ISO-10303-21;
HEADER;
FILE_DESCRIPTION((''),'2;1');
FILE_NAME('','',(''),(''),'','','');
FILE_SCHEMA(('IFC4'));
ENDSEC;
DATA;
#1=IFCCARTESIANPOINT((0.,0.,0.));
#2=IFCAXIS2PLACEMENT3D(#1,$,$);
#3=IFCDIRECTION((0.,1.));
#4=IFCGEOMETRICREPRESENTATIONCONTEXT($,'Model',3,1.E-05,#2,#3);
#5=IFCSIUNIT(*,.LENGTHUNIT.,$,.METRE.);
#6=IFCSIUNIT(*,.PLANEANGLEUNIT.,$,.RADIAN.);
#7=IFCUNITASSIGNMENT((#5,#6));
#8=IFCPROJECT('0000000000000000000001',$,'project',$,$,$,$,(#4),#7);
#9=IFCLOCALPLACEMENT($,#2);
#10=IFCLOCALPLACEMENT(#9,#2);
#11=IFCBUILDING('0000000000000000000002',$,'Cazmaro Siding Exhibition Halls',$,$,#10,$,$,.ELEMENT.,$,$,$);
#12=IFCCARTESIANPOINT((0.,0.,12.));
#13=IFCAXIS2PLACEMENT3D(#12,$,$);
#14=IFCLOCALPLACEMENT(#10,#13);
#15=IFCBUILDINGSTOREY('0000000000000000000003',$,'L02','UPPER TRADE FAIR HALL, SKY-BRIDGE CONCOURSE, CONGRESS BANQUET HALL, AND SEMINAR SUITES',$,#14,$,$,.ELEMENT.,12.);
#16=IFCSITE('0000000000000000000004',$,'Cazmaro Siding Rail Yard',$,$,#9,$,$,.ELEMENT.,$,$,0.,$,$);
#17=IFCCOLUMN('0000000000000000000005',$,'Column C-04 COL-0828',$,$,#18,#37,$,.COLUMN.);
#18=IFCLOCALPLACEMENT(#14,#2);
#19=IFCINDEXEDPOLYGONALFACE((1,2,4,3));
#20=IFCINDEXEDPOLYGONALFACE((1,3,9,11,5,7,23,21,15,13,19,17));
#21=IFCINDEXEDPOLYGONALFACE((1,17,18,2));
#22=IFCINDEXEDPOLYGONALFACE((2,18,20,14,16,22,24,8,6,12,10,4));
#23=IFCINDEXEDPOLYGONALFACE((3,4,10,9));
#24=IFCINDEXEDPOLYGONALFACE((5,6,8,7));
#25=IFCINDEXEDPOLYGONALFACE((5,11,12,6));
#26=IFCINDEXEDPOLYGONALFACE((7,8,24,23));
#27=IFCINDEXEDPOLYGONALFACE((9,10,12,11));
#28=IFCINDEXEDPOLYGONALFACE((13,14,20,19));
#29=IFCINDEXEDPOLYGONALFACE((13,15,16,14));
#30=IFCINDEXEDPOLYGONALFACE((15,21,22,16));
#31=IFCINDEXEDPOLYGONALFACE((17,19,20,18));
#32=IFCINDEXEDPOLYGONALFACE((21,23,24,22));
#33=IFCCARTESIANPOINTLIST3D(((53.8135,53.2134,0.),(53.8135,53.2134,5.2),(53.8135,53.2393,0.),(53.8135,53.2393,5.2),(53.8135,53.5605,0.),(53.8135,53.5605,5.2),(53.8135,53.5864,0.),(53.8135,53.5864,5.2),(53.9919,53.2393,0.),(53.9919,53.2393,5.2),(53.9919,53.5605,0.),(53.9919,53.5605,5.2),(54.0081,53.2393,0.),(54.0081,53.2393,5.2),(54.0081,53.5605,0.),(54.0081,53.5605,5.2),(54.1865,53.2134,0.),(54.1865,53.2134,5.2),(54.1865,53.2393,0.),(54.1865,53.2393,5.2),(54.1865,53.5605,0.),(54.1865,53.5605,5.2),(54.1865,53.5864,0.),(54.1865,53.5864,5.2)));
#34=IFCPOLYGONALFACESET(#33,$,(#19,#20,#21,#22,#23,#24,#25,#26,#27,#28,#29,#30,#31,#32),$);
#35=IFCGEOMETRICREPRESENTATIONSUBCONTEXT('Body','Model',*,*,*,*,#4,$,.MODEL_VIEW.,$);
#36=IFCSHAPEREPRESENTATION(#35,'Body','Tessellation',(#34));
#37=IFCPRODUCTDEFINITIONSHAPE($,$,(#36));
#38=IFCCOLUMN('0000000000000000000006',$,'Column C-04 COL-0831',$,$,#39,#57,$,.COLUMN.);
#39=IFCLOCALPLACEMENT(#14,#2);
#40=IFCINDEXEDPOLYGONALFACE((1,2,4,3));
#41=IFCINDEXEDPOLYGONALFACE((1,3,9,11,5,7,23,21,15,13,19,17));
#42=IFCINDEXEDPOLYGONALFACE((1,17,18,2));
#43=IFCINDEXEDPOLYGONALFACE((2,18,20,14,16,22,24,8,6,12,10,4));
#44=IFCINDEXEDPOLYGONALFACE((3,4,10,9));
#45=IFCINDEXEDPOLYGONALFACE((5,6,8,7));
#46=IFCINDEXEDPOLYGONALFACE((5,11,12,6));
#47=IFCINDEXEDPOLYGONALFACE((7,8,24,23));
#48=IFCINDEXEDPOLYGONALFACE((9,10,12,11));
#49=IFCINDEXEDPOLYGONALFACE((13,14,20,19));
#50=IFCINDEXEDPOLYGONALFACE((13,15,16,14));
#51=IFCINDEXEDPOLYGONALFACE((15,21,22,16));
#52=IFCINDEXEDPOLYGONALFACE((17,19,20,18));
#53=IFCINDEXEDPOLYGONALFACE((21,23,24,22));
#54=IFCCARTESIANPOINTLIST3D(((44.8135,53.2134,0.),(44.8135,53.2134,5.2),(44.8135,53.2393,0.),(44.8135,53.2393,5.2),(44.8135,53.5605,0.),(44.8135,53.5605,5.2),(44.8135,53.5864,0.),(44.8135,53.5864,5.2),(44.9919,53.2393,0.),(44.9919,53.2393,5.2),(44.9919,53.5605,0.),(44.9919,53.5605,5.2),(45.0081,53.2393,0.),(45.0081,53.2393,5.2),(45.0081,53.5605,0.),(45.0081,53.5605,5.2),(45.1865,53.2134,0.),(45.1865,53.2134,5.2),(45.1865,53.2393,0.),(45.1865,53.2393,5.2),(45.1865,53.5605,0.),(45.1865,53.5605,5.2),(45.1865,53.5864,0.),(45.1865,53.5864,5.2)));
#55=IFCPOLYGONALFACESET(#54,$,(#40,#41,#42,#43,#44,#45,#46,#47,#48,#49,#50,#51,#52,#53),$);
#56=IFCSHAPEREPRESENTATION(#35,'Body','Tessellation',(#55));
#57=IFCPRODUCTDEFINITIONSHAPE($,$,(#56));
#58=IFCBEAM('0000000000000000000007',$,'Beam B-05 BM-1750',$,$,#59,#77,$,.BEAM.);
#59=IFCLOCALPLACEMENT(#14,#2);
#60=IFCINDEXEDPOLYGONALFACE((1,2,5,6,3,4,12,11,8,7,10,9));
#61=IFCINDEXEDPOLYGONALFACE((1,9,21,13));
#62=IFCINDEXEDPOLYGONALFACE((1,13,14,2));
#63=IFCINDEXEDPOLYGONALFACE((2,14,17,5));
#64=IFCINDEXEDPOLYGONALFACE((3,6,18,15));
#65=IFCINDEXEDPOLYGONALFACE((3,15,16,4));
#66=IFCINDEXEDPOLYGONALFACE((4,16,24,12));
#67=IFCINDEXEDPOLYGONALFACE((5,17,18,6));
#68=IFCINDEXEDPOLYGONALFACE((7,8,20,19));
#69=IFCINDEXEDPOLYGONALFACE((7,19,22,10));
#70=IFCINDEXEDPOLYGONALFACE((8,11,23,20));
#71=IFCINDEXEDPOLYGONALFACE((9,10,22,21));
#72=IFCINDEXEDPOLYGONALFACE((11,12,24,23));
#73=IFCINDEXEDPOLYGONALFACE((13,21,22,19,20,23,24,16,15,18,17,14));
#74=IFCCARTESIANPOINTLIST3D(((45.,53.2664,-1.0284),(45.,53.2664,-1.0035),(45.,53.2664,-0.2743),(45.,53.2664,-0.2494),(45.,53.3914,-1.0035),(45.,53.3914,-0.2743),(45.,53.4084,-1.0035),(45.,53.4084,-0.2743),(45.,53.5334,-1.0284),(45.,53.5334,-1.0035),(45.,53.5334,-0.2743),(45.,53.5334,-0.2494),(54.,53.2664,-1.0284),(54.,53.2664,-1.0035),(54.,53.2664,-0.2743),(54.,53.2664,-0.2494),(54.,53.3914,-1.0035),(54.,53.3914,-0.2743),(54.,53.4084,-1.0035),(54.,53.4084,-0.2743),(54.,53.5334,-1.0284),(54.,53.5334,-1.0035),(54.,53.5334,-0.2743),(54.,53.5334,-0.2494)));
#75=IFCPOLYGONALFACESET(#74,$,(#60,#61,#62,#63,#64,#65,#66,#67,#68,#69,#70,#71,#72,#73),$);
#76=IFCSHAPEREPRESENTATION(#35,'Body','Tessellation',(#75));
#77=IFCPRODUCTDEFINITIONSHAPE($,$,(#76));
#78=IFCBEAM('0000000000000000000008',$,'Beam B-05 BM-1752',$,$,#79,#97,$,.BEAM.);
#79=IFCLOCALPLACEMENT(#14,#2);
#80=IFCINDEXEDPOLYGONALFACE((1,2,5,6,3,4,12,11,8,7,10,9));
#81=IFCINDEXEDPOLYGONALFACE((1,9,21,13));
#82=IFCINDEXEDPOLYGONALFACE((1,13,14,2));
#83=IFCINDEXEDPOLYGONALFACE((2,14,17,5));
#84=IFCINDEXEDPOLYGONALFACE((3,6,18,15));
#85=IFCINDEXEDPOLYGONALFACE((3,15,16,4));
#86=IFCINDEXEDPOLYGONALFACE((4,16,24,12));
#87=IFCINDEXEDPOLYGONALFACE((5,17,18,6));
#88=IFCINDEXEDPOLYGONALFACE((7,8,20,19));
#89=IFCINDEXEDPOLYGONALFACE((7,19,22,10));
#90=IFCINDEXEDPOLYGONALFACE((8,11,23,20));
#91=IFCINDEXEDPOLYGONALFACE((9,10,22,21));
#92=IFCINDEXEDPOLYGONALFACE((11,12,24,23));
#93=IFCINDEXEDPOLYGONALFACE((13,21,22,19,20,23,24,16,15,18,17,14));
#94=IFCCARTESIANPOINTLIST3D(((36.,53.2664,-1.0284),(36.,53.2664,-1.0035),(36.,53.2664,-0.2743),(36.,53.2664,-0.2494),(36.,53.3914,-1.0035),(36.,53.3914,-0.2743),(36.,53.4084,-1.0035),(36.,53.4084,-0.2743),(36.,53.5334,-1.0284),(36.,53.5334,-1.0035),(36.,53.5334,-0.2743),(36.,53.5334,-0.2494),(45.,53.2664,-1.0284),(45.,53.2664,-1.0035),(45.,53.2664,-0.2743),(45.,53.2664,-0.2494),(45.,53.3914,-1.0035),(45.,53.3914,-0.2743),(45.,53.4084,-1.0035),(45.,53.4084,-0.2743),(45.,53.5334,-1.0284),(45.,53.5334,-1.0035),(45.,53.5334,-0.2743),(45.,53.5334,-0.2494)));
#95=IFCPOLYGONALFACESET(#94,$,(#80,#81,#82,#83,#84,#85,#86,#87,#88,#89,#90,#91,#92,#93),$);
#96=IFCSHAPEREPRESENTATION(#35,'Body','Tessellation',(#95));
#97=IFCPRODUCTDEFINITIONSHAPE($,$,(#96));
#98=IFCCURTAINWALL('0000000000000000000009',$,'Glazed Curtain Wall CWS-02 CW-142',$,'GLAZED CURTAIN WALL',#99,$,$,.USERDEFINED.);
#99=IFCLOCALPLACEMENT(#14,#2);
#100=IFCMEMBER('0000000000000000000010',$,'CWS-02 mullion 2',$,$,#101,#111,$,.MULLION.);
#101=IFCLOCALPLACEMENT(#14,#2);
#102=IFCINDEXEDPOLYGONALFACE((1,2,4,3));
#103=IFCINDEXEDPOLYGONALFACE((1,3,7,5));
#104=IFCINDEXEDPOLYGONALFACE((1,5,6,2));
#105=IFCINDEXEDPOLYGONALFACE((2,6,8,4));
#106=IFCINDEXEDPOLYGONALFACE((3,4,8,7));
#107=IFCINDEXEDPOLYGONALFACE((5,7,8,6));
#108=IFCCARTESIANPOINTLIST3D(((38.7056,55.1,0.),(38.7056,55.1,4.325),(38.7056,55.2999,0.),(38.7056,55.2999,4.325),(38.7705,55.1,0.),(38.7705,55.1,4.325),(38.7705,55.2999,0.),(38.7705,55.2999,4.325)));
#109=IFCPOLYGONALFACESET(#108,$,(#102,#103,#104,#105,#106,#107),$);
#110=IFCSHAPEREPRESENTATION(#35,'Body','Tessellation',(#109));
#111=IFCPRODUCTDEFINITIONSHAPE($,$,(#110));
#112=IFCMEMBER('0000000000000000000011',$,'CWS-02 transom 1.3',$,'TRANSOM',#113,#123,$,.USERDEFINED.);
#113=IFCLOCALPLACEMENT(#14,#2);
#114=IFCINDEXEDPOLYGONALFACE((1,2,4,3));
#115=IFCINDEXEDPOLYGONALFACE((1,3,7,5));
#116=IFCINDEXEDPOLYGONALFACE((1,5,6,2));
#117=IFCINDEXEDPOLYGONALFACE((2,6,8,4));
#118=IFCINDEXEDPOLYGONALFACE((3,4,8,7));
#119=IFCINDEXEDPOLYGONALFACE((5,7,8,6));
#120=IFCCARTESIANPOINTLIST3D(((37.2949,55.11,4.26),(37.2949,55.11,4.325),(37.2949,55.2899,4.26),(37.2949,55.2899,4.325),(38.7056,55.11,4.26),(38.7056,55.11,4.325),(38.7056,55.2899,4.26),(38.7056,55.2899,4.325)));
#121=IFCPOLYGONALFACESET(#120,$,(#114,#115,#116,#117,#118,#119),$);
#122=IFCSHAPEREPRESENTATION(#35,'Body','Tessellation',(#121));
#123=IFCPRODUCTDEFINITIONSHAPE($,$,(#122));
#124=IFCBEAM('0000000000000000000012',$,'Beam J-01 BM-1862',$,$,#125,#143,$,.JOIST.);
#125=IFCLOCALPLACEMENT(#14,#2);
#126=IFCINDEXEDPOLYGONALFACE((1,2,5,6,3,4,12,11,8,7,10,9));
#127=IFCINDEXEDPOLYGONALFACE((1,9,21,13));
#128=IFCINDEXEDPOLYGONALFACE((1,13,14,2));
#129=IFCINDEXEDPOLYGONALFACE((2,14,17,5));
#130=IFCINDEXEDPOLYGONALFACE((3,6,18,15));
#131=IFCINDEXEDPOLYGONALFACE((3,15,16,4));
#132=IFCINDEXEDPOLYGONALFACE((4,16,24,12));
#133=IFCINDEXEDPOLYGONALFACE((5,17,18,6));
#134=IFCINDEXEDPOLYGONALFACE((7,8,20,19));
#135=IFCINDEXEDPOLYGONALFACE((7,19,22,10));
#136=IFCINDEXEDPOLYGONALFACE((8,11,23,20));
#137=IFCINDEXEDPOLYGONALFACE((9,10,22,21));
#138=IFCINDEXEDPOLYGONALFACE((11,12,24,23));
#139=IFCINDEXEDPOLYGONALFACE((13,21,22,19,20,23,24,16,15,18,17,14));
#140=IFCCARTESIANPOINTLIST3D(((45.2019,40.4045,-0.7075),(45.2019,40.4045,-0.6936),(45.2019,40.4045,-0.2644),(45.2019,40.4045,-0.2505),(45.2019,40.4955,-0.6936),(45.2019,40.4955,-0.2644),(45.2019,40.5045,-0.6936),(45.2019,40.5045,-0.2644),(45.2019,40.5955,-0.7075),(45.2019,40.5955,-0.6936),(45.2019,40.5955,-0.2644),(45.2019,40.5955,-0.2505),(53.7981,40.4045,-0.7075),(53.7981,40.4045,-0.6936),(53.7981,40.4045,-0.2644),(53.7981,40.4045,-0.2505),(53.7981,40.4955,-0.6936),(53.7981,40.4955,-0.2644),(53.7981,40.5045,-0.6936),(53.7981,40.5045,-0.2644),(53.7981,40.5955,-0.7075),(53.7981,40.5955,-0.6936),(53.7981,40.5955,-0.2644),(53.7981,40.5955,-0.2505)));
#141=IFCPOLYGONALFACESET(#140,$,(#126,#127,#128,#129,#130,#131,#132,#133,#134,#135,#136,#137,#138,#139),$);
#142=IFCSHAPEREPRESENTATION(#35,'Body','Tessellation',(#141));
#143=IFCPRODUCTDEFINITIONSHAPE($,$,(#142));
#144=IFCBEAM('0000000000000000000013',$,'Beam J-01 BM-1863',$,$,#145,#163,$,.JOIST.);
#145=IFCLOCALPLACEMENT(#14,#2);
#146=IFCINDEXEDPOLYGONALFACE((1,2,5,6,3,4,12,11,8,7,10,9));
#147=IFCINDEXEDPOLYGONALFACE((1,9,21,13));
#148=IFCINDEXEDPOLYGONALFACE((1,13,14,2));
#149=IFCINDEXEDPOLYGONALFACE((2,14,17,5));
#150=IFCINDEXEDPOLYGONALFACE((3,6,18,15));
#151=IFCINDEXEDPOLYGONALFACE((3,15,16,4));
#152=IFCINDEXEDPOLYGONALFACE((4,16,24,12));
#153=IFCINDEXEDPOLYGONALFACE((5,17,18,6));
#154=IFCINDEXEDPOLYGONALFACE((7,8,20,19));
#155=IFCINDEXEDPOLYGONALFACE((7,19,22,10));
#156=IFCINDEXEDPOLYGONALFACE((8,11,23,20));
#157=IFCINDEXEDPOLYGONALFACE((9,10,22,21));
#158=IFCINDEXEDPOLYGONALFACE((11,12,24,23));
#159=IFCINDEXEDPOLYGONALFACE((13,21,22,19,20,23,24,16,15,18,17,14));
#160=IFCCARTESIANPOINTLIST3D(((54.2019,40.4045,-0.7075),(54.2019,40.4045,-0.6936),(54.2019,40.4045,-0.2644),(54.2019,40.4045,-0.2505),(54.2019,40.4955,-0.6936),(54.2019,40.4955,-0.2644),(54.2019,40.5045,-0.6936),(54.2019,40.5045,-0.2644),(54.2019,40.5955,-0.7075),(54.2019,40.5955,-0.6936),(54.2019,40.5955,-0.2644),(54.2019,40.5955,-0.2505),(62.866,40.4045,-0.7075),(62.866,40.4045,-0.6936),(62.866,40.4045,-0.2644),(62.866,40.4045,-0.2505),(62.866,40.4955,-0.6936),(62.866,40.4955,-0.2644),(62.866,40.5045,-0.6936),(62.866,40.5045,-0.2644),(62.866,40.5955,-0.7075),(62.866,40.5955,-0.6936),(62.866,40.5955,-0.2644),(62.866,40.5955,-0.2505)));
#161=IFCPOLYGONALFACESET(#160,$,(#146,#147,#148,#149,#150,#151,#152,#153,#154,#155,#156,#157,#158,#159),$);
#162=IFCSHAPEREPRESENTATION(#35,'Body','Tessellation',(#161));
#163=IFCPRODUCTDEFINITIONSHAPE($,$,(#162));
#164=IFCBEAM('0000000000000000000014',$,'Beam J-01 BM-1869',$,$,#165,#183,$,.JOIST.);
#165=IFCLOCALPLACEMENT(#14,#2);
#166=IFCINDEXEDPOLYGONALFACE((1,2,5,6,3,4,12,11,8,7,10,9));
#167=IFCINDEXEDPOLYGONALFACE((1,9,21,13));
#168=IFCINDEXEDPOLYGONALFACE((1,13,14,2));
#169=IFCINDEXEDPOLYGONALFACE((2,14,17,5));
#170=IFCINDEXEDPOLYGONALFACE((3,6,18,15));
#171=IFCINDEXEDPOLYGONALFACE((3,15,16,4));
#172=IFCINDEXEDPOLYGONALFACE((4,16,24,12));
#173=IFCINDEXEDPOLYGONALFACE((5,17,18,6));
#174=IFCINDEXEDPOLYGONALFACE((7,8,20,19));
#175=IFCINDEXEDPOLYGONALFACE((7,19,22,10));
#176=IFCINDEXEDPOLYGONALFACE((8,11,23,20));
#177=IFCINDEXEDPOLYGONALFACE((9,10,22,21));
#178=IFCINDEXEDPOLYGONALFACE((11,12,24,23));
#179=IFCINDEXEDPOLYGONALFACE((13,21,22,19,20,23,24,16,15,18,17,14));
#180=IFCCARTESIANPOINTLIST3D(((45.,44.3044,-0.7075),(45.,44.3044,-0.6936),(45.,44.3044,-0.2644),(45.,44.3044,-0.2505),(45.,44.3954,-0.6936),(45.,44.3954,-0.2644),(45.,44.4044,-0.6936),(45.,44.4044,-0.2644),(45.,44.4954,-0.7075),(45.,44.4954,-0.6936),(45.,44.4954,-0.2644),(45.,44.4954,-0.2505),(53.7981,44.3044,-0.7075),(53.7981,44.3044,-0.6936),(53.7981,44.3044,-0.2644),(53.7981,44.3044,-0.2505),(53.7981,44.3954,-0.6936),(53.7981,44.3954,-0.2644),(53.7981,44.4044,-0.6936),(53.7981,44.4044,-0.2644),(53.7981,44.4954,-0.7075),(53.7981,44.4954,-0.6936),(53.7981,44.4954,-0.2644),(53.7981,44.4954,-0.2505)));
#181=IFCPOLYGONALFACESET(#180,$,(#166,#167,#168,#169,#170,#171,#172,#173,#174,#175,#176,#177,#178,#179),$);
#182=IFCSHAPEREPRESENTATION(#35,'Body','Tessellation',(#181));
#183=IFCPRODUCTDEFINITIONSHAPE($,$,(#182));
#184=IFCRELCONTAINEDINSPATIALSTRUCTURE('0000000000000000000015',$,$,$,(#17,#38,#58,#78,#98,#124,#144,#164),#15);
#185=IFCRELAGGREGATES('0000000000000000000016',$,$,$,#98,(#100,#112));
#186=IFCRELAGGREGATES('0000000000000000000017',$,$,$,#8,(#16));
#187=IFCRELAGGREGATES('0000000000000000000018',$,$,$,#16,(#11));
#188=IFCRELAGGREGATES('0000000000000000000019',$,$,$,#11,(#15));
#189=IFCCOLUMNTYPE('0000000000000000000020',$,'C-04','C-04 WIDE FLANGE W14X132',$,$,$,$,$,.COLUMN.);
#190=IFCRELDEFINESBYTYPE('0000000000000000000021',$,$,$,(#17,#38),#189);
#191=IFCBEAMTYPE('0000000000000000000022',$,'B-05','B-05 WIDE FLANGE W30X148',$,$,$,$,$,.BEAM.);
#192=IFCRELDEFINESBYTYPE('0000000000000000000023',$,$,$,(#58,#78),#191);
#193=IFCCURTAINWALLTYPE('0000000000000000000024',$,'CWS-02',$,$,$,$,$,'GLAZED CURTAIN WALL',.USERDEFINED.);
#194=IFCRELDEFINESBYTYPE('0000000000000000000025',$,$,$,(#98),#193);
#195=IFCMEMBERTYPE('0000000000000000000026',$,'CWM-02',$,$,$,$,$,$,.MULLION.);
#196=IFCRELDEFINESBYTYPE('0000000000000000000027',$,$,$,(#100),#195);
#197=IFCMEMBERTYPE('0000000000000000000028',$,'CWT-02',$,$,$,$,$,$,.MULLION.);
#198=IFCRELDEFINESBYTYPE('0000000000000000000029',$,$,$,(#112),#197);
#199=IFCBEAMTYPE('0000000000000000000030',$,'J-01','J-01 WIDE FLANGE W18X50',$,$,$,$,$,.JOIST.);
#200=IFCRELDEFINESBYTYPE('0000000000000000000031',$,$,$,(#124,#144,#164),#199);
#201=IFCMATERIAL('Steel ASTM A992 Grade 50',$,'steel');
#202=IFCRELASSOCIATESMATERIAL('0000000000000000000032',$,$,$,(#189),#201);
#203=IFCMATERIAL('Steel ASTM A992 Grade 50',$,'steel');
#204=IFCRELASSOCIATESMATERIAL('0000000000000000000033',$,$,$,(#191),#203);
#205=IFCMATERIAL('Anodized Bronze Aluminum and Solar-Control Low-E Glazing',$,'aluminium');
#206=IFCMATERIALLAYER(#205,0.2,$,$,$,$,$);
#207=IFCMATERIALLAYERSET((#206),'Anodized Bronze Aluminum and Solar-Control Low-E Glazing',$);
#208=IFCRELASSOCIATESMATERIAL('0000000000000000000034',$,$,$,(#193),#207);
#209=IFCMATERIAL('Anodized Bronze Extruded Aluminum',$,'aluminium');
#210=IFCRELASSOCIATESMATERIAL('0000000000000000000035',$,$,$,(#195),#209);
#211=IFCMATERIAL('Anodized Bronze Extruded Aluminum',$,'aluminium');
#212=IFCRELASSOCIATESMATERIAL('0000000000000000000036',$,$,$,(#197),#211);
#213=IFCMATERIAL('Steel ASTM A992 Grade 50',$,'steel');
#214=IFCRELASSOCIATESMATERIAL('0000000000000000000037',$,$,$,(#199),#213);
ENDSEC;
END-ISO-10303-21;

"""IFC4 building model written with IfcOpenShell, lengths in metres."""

from ifc_helpers import new_model, si_unit, direction, frame, origin, origin_2d, place, context, subcontext, project, spatial, rectangle, i_section, extrude, material, layer, layer_set, material_profile, profile_set, type_object, element, aggregate, save


model = new_model("IFC4")

# Units and contexts
model_context = context("Model", 3, precision=1e-05, world=origin(), true_north=direction((0.0, 1.0)))
body_context = subcontext(model_context, "Body", "Model", "MODEL_VIEW")
ifc_project = project(units=[si_unit("LENGTHUNIT", "METRE"), si_unit("PLANEANGLEUNIT", "RADIAN")], contexts=[model_context])

# Site, building, storey
site_placement = place(None, origin())
site = spatial("IfcSite", under=ifc_project, at=site_placement, Name="Cazmaro Siding Rail Yard", CompositionType="ELEMENT", RefElevation=0.0)
building_placement = place(site_placement, origin())
building = spatial("IfcBuilding", under=site, at=building_placement, Name="Cazmaro Siding Exhibition Halls", CompositionType="ELEMENT")
storey_placement = place(building_placement, frame((0.0, 0.0, 12.0)))
storey = spatial("IfcBuildingStorey", under=building, at=storey_placement, Name="L02", Description="UPPER TRADE FAIR HALL, SKY-BRIDGE CONCOURSE, CONGRESS BANQUET HALL, AND SEMINAR SUITES", CompositionType="ELEMENT", Elevation=12.0)

# Columns
ifc_material_1 = material(Name="Steel ASTM A992 Grade 50", Category="steel")
ifc_material_profile_1 = material_profile(ifc_material_1, i_section(OverallWidth=0.373, OverallDepth=0.373, WebThickness=0.0161, FlangeThickness=0.0259, at=origin_2d()), Name="W14X132")
ifc_profile_set_1 = profile_set([ifc_material_profile_1], Name="Steel ASTM A992 Grade 50")
column_type = type_object("IfcColumnType", Name="C-04", Description="C-04 WIDE FLANGE W14X132", PredefinedType="COLUMN", material=ifc_profile_set_1)
for number, where, z_axis, x_axis, name in (
    (1, (54.0, 53.3999, 0.0), (0.0, 0.0, 1.0), (1.0, 0.0, 0.0), "Column C-04 COL-0828"),
    (2, (45.0, 53.3999, 0.0), (0.0, 0.0, 1.0), (1.0, 0.0, 0.0), "Column C-04 COL-0831"),
):
    element("IfcColumn", number, at=place(storey_placement, frame(where, z_axis=z_axis, x_axis=x_axis)), inside=storey, type_object=column_type, Name=name, PredefinedType="COLUMN", context=body_context, shape_type="SweptSolid", body=[
        extrude(i_section(OverallWidth=0.373, OverallDepth=0.373, WebThickness=0.0161, FlangeThickness=0.0259, at=origin_2d()), origin(), (0.0, 0.0, 1.0), 5.2),
    ])

# Beams
ifc_material_2 = material(Name="Steel ASTM A992 Grade 50", Category="steel")
ifc_material_profile_2 = material_profile(ifc_material_2, i_section(OverallWidth=0.2671, OverallDepth=0.7791, WebThickness=0.0171, FlangeThickness=0.0249, at=origin_2d()), Name="W30X148")
ifc_profile_set_2 = profile_set([ifc_material_profile_2], Name="Steel ASTM A992 Grade 50")
beam_type_1 = type_object("IfcBeamType", Name="B-05", Description="B-05 WIDE FLANGE W30X148", PredefinedType="BEAM", material=ifc_profile_set_2)
for number, where, z_axis, x_axis, name in (
    (3, (54.0, 53.3999, -0.6389), (-1.0, 0.0, 0.0), (0.0, -1.0, 0.0), "Beam B-05 BM-1750"),
    (4, (45.0, 53.3999, -0.6389), (-1.0, 0.0, 0.0), (0.0, -1.0, 0.0), "Beam B-05 BM-1752"),
):
    element("IfcBeam", number, at=place(storey_placement, frame(where, z_axis=z_axis, x_axis=x_axis)), inside=storey, type_object=beam_type_1, Name=name, PredefinedType="BEAM", context=body_context, shape_type="SweptSolid", body=[
        extrude(i_section(OverallWidth=0.2671, OverallDepth=0.7791, WebThickness=0.0171, FlangeThickness=0.0249, at=origin_2d()), origin(), (0.0, 0.0, 1.0), 9.0),
    ])

# Curtain wall, members
ifc_material_3 = material(Name="Anodized Bronze Aluminum and Solar-Control Low-E Glazing", Category="aluminium")
ifc_layer_1 = layer(ifc_material_3, 0.2)
ifc_layer_set_1 = layer_set([ifc_layer_1], Name="Anodized Bronze Aluminum and Solar-Control Low-E Glazing")
curtain_wall_type = type_object("IfcCurtainWallType", Name="CWS-02", ElementType="GLAZED CURTAIN WALL", PredefinedType="USERDEFINED", material=ifc_layer_set_1)
curtain_wall_placement = place(storey_placement, origin())
curtain_wall = element("IfcCurtainWall", 5, at=curtain_wall_placement, inside=storey, type_object=curtain_wall_type, Name="Glazed Curtain Wall CWS-02 CW-142", ObjectType="GLAZED CURTAIN WALL", PredefinedType="USERDEFINED")
ifc_material_4 = material(Name="Anodized Bronze Extruded Aluminum", Category="aluminium")
ifc_material_profile_3 = material_profile(ifc_material_4, rectangle(XDim=0.2, YDim=0.0649, at=origin_2d()), Name="CWM-02")
ifc_profile_set_3 = profile_set([ifc_material_profile_3], Name="Anodized Bronze Extruded Aluminum")
member_type_1 = type_object("IfcMemberType", Name="CWM-02", PredefinedType="MULLION", material=ifc_profile_set_3)
member_1_placement = place(storey_placement, frame((38.738, 55.2, 0.0), z_axis=(0.0, 0.0, 1.0), x_axis=(0.0, 1.0, 0.0)))
member_1 = element("IfcMember", 6, at=member_1_placement, type_object=member_type_1, Name="CWS-02 mullion 2", PredefinedType="MULLION", context=body_context, shape_type="SweptSolid", body=[
    extrude(rectangle(XDim=0.2, YDim=0.0649, at=origin_2d()), origin(), (0.0, 0.0, 1.0), 4.325),
])
ifc_material_5 = material(Name="Anodized Bronze Extruded Aluminum", Category="aluminium")
ifc_material_profile_4 = material_profile(ifc_material_5, rectangle(XDim=0.1799, YDim=0.0649, at=origin_2d()), Name="CWT-02")
ifc_profile_set_4 = profile_set([ifc_material_profile_4], Name="Anodized Bronze Extruded Aluminum")
member_type_2 = type_object("IfcMemberType", Name="CWT-02", PredefinedType="MULLION", material=ifc_profile_set_4)
member_2_placement = place(storey_placement, frame((37.2949, 55.2, 4.2925), z_axis=(1.0, 0.0, 0.0), x_axis=(0.0, 1.0, 0.0)))
member_2 = element("IfcMember", 7, at=member_2_placement, type_object=member_type_2, Name="CWS-02 transom 1.3", ObjectType="TRANSOM", PredefinedType="USERDEFINED", context=body_context, shape_type="SweptSolid", body=[
    extrude(rectangle(XDim=0.1799, YDim=0.0649, at=origin_2d()), origin(), (0.0, 0.0, 1.0), 1.4106),
])

# Beams
ifc_material_6 = material(Name="Steel ASTM A992 Grade 50", Category="steel")
ifc_material_profile_5 = material_profile(ifc_material_6, i_section(OverallWidth=0.1909, OverallDepth=0.457, WebThickness=0.009, FlangeThickness=0.0139, at=origin_2d()), Name="W18X50")
ifc_profile_set_5 = profile_set([ifc_material_profile_5], Name="Steel ASTM A992 Grade 50")
beam_type_2 = type_object("IfcBeamType", Name="J-01", Description="J-01 WIDE FLANGE W18X50", PredefinedType="JOIST", material=ifc_profile_set_5)
beam_1_placement = place(storey_placement, frame((45.2019, 40.5, -0.479), z_axis=(1.0, 0.0, 0.0), x_axis=(0.0, 1.0, 0.0)))
element("IfcBeam", 8, at=beam_1_placement, inside=storey, type_object=beam_type_2, Name="Beam J-01 BM-1862", PredefinedType="JOIST", context=body_context, shape_type="SweptSolid", body=[
    extrude(i_section(OverallWidth=0.1909, OverallDepth=0.457, WebThickness=0.009, FlangeThickness=0.0139, at=origin_2d()), origin(), (0.0, 0.0, 1.0), 8.5962),
])
beam_2_placement = place(storey_placement, frame((54.2019, 40.5, -0.479), z_axis=(1.0, 0.0, 0.0), x_axis=(0.0, 1.0, 0.0)))
element("IfcBeam", 9, at=beam_2_placement, inside=storey, type_object=beam_type_2, Name="Beam J-01 BM-1863", PredefinedType="JOIST", context=body_context, shape_type="SweptSolid", body=[
    extrude(i_section(OverallWidth=0.1909, OverallDepth=0.457, WebThickness=0.009, FlangeThickness=0.0139, at=origin_2d()), origin(), (0.0, 0.0, 1.0), 8.6641),
])
for number, where, z_axis, x_axis, name in (
    (10, (45.0, 44.3999, -0.479), (1.0, 0.0, 0.0), (0.0, 1.0, 0.0), "Beam J-01 BM-1869"),
):
    element("IfcBeam", number, at=place(storey_placement, frame(where, z_axis=z_axis, x_axis=x_axis)), inside=storey, type_object=beam_type_2, Name=name, PredefinedType="JOIST", context=body_context, shape_type="SweptSolid", body=[
        extrude(i_section(OverallWidth=0.1909, OverallDepth=0.457, WebThickness=0.009, FlangeThickness=0.0139, at=origin_2d()), origin(), (0.0, 0.0, 1.0), 8.7981),
    ])

aggregate(curtain_wall, [member_1, member_2])

save(model, "model.ifc")
